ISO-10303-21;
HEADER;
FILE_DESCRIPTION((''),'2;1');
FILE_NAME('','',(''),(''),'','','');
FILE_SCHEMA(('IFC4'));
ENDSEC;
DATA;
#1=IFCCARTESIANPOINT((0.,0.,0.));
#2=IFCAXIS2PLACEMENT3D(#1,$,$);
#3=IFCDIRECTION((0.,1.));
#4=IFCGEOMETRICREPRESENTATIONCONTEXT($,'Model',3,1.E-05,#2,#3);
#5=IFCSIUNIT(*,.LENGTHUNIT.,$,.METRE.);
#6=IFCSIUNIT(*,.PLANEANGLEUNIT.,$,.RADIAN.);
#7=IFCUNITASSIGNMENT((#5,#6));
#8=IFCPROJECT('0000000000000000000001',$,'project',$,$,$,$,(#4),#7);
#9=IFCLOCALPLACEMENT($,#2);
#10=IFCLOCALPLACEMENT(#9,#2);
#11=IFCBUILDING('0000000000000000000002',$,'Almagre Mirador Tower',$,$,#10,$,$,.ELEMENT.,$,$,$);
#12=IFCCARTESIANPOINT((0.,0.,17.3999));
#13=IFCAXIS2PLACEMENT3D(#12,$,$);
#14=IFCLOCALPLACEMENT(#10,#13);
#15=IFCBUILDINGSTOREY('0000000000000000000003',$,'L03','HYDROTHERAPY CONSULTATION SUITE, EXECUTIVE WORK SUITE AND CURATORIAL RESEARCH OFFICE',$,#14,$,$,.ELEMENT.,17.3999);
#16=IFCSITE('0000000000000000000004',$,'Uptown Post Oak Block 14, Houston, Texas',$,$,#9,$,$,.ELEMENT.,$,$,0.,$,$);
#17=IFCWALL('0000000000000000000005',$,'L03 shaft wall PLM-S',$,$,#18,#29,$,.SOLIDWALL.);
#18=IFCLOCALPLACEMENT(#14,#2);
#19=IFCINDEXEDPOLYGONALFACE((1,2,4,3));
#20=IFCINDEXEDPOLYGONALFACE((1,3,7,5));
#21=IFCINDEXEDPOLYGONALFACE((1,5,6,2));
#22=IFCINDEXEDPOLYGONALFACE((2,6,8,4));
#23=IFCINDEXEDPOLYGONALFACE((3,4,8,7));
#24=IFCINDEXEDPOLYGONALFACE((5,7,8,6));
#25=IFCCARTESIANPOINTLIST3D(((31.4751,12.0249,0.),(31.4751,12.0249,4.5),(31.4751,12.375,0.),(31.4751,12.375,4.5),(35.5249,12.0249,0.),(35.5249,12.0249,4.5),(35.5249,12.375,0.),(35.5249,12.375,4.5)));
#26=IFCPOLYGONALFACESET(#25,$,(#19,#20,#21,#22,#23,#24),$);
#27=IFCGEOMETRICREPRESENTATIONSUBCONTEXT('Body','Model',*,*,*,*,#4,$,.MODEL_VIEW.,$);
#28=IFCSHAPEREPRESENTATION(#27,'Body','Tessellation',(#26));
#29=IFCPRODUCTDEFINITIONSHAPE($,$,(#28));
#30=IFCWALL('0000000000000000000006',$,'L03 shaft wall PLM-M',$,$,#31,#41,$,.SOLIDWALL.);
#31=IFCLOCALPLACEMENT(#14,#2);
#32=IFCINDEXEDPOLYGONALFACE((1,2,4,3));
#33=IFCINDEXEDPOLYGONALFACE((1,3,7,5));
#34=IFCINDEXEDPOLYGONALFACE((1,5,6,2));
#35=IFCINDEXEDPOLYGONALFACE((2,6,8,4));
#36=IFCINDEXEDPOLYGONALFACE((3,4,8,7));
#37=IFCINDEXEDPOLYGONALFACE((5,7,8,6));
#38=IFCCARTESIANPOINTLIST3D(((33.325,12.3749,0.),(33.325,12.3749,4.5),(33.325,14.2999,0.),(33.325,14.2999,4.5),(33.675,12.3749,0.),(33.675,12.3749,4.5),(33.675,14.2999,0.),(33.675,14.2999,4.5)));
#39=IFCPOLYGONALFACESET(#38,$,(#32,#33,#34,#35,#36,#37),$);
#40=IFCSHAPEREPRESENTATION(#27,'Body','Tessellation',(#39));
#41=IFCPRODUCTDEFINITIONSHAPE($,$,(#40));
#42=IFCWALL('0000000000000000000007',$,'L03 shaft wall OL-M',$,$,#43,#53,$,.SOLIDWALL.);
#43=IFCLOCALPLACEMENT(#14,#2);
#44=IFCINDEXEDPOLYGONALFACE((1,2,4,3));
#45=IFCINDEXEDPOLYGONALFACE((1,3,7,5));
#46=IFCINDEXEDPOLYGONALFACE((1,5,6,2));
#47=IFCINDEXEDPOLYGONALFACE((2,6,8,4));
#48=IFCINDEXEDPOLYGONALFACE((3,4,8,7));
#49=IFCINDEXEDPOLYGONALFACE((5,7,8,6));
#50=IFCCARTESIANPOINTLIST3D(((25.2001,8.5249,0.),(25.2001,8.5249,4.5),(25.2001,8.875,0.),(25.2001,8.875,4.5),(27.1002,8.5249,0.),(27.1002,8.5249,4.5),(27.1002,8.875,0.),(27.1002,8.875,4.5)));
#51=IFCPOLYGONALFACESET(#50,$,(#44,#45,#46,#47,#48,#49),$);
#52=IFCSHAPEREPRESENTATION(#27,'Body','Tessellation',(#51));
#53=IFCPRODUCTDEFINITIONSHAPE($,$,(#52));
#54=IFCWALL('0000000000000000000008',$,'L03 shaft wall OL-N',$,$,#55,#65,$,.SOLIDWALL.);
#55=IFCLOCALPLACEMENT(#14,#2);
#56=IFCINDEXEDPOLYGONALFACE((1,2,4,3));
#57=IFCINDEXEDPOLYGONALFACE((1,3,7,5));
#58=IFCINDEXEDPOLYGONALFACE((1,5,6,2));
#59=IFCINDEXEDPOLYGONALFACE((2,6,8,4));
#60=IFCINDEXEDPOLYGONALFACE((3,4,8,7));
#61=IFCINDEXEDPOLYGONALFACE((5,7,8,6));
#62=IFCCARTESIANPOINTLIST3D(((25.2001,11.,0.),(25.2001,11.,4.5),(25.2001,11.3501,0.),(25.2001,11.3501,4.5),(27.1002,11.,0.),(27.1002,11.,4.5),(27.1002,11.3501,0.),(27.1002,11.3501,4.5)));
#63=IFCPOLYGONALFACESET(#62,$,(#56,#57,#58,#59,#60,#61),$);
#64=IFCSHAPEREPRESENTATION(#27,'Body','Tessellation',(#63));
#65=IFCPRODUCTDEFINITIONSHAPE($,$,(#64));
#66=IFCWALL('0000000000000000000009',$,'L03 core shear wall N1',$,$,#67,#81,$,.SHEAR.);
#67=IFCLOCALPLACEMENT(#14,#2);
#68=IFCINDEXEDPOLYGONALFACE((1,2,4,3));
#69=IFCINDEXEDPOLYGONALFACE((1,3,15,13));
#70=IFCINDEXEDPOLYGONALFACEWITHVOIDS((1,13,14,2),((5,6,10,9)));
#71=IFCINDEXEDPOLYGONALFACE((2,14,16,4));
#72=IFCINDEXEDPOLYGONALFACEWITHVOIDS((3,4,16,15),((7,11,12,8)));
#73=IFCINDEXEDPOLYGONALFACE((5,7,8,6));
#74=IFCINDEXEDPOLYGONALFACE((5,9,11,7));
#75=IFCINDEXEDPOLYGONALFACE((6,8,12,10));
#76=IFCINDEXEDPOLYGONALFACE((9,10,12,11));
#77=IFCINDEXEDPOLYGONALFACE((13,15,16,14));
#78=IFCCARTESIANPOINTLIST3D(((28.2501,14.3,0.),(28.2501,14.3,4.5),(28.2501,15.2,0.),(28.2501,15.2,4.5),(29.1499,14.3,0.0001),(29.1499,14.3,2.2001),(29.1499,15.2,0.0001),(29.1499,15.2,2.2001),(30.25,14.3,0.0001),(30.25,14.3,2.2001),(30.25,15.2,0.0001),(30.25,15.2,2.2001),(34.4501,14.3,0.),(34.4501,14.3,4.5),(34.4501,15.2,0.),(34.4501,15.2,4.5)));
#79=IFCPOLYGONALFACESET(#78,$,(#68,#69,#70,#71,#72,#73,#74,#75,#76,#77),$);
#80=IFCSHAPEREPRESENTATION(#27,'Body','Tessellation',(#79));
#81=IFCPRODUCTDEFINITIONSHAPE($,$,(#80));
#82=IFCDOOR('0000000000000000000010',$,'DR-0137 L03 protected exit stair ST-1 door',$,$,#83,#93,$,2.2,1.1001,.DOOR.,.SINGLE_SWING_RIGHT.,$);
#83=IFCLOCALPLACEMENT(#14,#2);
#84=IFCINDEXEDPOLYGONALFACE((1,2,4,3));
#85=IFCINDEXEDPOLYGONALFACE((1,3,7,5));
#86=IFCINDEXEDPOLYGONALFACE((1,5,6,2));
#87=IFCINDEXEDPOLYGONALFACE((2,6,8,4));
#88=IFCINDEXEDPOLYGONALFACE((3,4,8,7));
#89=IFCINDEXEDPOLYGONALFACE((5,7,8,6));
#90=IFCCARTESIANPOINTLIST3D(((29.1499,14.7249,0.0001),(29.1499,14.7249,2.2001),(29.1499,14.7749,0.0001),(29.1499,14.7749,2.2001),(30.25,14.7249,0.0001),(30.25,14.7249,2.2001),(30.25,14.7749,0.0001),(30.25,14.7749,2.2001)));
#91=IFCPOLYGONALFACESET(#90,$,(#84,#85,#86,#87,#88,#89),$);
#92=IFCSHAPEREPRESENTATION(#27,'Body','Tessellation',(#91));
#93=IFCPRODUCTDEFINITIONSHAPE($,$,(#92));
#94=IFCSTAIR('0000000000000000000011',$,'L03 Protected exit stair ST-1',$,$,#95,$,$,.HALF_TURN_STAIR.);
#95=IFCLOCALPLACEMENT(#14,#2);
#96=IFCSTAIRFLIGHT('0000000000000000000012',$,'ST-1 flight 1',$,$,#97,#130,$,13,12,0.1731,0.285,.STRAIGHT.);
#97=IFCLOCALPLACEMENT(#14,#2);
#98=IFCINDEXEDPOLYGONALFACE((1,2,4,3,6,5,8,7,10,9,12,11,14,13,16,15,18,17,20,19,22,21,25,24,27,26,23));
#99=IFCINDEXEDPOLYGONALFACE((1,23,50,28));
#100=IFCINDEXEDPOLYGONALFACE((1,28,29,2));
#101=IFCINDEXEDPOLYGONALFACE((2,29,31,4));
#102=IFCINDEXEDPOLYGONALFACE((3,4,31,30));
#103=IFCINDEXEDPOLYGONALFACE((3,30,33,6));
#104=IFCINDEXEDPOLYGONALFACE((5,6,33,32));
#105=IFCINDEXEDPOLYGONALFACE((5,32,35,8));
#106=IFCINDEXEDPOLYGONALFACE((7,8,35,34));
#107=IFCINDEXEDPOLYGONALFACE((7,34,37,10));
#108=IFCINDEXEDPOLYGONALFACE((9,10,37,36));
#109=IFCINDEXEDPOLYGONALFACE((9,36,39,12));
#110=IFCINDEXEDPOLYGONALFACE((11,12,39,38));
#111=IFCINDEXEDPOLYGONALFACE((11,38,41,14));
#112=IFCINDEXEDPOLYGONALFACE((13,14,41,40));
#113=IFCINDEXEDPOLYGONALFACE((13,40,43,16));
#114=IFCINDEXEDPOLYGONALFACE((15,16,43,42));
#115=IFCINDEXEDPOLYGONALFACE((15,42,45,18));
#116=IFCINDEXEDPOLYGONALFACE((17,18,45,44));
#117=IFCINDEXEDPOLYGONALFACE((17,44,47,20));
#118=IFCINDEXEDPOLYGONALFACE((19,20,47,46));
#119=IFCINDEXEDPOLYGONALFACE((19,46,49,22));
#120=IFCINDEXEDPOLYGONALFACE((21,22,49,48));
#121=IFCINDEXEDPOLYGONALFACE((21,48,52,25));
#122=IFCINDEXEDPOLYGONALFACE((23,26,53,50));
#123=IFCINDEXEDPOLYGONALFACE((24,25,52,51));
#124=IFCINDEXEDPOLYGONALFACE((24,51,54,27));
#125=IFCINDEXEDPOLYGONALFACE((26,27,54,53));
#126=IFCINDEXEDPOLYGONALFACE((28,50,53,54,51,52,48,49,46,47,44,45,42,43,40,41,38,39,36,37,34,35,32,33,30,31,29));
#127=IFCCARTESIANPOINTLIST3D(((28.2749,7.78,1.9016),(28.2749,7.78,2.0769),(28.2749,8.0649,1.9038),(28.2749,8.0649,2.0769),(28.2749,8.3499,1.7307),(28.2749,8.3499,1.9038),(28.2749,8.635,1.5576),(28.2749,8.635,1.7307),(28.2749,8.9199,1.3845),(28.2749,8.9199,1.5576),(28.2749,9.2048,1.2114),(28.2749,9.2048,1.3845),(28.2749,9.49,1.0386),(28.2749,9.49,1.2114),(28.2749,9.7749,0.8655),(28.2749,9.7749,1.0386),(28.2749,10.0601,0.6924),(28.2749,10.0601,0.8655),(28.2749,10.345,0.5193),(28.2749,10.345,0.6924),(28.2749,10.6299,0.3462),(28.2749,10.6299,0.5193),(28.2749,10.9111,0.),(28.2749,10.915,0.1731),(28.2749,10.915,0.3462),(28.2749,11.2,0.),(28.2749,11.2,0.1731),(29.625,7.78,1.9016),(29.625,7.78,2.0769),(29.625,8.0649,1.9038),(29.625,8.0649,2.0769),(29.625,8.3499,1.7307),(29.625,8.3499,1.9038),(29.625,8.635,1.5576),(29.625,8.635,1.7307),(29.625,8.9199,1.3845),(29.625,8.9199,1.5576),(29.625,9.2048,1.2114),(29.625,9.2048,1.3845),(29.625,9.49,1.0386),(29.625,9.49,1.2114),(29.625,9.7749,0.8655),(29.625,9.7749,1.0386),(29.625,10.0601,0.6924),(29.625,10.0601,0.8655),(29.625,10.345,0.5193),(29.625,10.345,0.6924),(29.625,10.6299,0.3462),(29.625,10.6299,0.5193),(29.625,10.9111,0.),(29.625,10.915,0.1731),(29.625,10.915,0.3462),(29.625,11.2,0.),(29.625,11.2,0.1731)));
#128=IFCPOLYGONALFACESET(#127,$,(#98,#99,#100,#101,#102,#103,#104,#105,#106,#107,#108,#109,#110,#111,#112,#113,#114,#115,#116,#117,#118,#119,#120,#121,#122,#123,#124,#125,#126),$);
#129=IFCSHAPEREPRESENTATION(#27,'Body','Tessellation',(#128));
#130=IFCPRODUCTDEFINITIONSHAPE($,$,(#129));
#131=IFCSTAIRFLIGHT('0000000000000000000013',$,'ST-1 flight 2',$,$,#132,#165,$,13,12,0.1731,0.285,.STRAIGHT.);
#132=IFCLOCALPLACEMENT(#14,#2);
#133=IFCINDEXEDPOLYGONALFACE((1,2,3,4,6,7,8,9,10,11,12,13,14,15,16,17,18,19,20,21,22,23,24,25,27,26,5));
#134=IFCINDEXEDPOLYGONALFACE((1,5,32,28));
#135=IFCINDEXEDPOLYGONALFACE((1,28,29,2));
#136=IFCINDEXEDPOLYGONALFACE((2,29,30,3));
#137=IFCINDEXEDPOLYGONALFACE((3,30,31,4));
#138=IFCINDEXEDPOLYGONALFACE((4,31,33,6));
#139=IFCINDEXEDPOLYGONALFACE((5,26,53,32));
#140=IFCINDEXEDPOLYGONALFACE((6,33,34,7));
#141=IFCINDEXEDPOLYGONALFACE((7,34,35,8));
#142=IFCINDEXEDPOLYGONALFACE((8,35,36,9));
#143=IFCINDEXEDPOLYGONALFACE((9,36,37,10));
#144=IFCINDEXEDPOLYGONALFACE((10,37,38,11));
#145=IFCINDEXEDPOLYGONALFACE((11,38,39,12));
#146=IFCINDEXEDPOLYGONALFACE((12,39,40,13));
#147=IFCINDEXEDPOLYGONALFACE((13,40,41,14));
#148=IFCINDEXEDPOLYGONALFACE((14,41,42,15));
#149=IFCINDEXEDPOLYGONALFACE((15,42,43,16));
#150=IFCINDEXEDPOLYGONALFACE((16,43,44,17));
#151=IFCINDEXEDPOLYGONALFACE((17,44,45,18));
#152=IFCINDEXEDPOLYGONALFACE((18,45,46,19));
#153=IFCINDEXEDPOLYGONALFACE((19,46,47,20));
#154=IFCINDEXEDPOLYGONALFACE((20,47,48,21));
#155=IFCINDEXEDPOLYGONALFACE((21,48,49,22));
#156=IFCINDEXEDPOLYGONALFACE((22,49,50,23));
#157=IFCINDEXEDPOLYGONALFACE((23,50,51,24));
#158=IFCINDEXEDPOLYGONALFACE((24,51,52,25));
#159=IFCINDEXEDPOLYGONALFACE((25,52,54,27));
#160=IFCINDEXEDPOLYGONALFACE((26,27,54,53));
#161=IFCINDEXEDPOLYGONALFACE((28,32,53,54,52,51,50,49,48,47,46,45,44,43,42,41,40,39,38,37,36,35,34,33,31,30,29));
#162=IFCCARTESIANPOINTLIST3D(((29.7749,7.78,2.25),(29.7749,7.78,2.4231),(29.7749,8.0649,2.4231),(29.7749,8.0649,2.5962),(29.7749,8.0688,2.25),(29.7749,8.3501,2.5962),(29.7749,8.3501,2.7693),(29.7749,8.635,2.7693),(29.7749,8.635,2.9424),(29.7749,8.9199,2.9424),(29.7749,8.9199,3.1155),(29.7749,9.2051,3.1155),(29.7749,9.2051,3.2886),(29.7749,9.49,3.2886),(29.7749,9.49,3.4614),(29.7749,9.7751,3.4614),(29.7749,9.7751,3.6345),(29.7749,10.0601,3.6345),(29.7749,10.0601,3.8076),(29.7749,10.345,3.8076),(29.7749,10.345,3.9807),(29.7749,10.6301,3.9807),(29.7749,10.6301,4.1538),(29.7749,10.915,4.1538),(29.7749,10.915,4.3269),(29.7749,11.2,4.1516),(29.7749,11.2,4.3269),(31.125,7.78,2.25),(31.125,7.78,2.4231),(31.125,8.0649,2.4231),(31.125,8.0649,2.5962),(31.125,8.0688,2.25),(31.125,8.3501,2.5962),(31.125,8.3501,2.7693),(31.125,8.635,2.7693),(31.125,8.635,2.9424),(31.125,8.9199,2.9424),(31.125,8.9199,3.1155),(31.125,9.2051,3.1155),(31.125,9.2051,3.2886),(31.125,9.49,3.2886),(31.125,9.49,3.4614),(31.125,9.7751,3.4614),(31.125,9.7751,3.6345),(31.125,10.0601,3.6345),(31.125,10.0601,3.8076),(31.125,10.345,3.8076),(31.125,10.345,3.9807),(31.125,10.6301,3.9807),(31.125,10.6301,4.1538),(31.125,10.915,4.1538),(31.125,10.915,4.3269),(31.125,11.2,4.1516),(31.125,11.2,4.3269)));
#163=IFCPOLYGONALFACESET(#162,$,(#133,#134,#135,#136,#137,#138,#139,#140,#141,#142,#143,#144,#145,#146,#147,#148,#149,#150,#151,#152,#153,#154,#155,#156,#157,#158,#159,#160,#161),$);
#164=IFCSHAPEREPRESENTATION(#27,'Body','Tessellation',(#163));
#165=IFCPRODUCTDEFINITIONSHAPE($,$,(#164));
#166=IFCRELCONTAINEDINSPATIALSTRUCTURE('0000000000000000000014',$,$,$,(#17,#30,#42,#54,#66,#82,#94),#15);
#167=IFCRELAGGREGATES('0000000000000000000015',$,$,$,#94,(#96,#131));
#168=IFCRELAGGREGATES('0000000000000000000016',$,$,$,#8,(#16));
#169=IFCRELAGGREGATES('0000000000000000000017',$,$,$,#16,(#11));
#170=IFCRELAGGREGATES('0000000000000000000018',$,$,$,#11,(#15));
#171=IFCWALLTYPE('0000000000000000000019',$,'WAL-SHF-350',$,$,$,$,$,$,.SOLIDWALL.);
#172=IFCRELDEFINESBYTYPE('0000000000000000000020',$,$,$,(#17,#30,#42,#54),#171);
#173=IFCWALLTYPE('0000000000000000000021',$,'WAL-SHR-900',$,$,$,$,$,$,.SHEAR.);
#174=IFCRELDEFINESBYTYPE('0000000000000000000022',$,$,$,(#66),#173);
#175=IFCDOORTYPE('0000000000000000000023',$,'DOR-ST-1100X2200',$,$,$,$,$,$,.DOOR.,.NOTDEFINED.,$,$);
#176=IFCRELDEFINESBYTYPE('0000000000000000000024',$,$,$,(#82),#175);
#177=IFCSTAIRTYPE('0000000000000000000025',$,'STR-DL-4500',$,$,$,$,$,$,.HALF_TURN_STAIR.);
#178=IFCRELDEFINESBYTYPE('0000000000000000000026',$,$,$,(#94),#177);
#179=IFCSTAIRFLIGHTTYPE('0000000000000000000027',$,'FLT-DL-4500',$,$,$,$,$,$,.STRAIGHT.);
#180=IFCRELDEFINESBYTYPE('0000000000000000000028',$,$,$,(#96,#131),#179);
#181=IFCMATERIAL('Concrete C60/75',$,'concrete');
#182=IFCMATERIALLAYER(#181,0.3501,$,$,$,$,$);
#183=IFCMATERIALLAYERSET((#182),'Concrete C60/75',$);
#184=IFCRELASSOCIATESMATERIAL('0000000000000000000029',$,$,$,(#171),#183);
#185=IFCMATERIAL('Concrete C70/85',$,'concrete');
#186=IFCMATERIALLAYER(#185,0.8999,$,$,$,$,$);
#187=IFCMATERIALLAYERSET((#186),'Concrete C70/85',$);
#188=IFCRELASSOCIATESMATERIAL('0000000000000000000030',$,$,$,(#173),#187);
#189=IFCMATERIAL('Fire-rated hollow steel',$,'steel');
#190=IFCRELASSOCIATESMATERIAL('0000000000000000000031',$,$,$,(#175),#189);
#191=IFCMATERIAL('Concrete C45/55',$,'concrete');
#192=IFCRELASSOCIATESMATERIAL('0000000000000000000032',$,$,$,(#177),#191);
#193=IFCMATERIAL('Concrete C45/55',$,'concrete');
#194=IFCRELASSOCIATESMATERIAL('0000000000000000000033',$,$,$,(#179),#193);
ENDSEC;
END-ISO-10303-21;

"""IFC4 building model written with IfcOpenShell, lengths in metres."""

from ifc_helpers import new_model, si_unit, direction, frame, frame_2d, origin, place, context, subcontext, project, spatial, polyline, rectangle, outline, extrude, material, layer, layer_set, type_object, element, fill, aggregate, save


model = new_model("IFC4")

# Units and contexts
model_context = context("Model", 3, precision=1e-05, world=origin(), true_north=direction((0.0, 1.0)))
body_context = subcontext(model_context, "Body", "Model", "MODEL_VIEW")
ifc_project = project(units=[si_unit("LENGTHUNIT", "METRE"), si_unit("PLANEANGLEUNIT", "RADIAN")], contexts=[model_context])

# Site, building, storey
site_placement = place(None, origin())
site = spatial("IfcSite", under=ifc_project, at=site_placement, Name="Uptown Post Oak Block 14, Houston, Texas", CompositionType="ELEMENT", RefElevation=0.0)
building_placement = place(site_placement, origin())
building = spatial("IfcBuilding", under=site, at=building_placement, Name="Almagre Mirador Tower", CompositionType="ELEMENT")
storey_placement = place(building_placement, frame((0.0, 0.0, 17.3999)))
storey = spatial("IfcBuildingStorey", under=building, at=storey_placement, Name="L03", Description="HYDROTHERAPY CONSULTATION SUITE, EXECUTIVE WORK SUITE AND CURATORIAL RESEARCH OFFICE", CompositionType="ELEMENT", Elevation=17.3999)

# Shared definitions
ifc_material_1 = material(Name="Concrete C60/75", Category="concrete")
ifc_layer_1 = layer(ifc_material_1, 0.3501)
ifc_layer_set_1 = layer_set([ifc_layer_1], Name="Concrete C60/75")
wall_type_1 = type_object("IfcWallType", Name="WAL-SHF-350", PredefinedType="SOLIDWALL", material=ifc_layer_set_1)

# Walls
wall_1_placement = place(storey_placement, frame((31.4751, 12.2, 0.0), z_axis=(0.0, 0.0, 1.0), x_axis=(1.0, 0.0, 0.0)))
element("IfcWall", 1, at=wall_1_placement, inside=storey, type_object=wall_type_1, Name="L03 shaft wall PLM-S", PredefinedType="SOLIDWALL", context=body_context, shape_type="SweptSolid", body=[
    extrude(rectangle(XDim=4.0498, YDim=0.3501, at=frame_2d((2.0249, 0.0))), origin(), (0.0, 0.0, 1.0), 4.5),
])
wall_2_placement = place(storey_placement, frame((33.5, 12.375, 0.0), z_axis=(0.0, 0.0, 1.0), x_axis=(0.0, 1.0, 0.0)))
element("IfcWall", 2, at=wall_2_placement, inside=storey, type_object=wall_type_1, Name="L03 shaft wall PLM-M", PredefinedType="SOLIDWALL", context=body_context, shape_type="SweptSolid", body=[
    extrude(rectangle(XDim=1.925, YDim=0.3501, at=frame_2d((0.9624, 0.0))), origin(), (0.0, 0.0, 1.0), 4.5),
])
for number, where, z_axis, x_axis, name in (
    (3, (25.2, 8.7, 0.0), (0.0, 0.0, 1.0), (1.0, 0.0, 0.0), "L03 shaft wall OL-M"),
    (4, (25.2, 11.175, 0.0), (0.0, 0.0, 1.0), (1.0, 0.0, 0.0), "L03 shaft wall OL-N"),
):
    element("IfcWall", number, at=place(storey_placement, frame(where, z_axis=z_axis, x_axis=x_axis)), inside=storey, type_object=wall_type_1, Name=name, PredefinedType="SOLIDWALL", context=body_context, shape_type="SweptSolid", body=[
        extrude(rectangle(XDim=1.9001, YDim=0.3501, at=frame_2d((0.9502, 0.0))), origin(), (0.0, 0.0, 1.0), 4.5),
    ])

# Wall, opening, door
ifc_material_2 = material(Name="Concrete C70/85", Category="concrete")
ifc_layer_2 = layer(ifc_material_2, 0.8999)
ifc_layer_set_2 = layer_set([ifc_layer_2], Name="Concrete C70/85")
wall_type_2 = type_object("IfcWallType", Name="WAL-SHR-900", PredefinedType="SHEAR", material=ifc_layer_set_2)
wall_3_placement = place(storey_placement, frame((28.25, 14.75, 0.0), z_axis=(0.0, 0.0, 1.0), x_axis=(1.0, 0.0, 0.0)))
wall_3 = element("IfcWall", 5, at=wall_3_placement, inside=storey, type_object=wall_type_2, Name="L03 core shear wall N1", PredefinedType="SHEAR", context=body_context, shape_type="SweptSolid", body=[
    extrude(rectangle(XDim=6.2, YDim=0.8999, at=frame_2d((3.1001, 0.0))), origin(), (0.0, 0.0, 1.0), 4.5),
])
opening_1_placement = place(wall_3_placement, frame((0.8999, 0.0, 0.0)))
opening_1 = element("IfcOpeningElement", 6, at=opening_1_placement, cuts=wall_3, PredefinedType="OPENING", context=body_context, shape_type="SweptSolid", body=[
    extrude(rectangle(XDim=1.1001, YDim=2.2, at=frame_2d((0.55, 1.1001))), frame((0.0, 0.46, 0.0), z_axis=(0.0, -1.0, 0.0), x_axis=(1.0, 0.0, 0.0)), (0.0, 0.0, 1.0), 0.9199),
])
ifc_material_3 = material(Name="Fire-rated hollow steel", Category="steel")
door_type_1 = type_object("IfcDoorType", Name="DOR-ST-1100X2200", OperationType="NOTDEFINED", PredefinedType="DOOR", material=ifc_material_3)
door_1_placement = place(opening_1_placement, origin())
door_1 = element("IfcDoor", 7, at=door_1_placement, inside=storey, type_object=door_type_1, Name="DR-0137 L03 protected exit stair ST-1 door", OperationType="SINGLE_SWING_RIGHT", OverallHeight=2.2, OverallWidth=1.1001, PredefinedType="DOOR", context=body_context, shape_type="SweptSolid", body=[
    extrude(rectangle(XDim=1.1001, YDim=2.2, at=frame_2d((0.55, 1.1001))), frame((0.0, 0.0249, 0.0), z_axis=(0.0, -1.0, 0.0), x_axis=(1.0, 0.0, 0.0)), (0.0, 0.0, 1.0), 0.05),
])
fill(opening_1, door_1)

# Stair, stair flights
ifc_material_4 = material(Name="Concrete C45/55", Category="concrete")
stair_type = type_object("IfcStairType", Name="STR-DL-4500", PredefinedType="HALF_TURN_STAIR", material=ifc_material_4)
stair_placement = place(storey_placement, origin())
stair = element("IfcStair", 8, at=stair_placement, inside=storey, type_object=stair_type, Name="L03 Protected exit stair ST-1", PredefinedType="HALF_TURN_STAIR")
ifc_material_5 = material(Name="Concrete C45/55", Category="concrete")
stair_flight_type = type_object("IfcStairFlightType", Name="FLT-DL-4500", PredefinedType="STRAIGHT", material=ifc_material_5)
stair_flight_1_placement = place(storey_placement, frame((28.95, 11.2, 0.0), z_axis=(0.0, 0.0, 1.0), x_axis=(0.0, -1.0, 0.0)))
stair_flight_1 = element("IfcStairFlight", 9, at=stair_flight_1_placement, type_object=stair_flight_type, Name="ST-1 flight 1", NumberOfRisers=13, NumberOfTreads=12, PredefinedType="STRAIGHT", RiserHeight=0.1731, TreadLength=0.285, context=body_context, shape_type="SweptSolid", body=[
    extrude(outline(polyline([(0.0, 0.0), (0.0, 0.1731), (0.2849, 0.1731), (0.2849, 0.3462), (0.5701, 0.3462), (0.5701, 0.5193), (0.855, 0.5193), (0.855, 0.6924), (1.1399, 0.6924), (1.1399, 0.8655), (1.425, 0.8655), (1.425, 1.0386), (1.71, 1.0386), (1.71, 1.2114), (1.9951, 1.2114), (1.9951, 1.3845), (2.28, 1.3845), (2.28, 1.5576), (2.5649, 1.5576), (2.5649, 1.7307), (2.8501, 1.7307), (2.8501, 1.9038), (3.135, 1.9038), (3.135, 2.0769), (3.4199, 2.0769), (3.4199, 2.25), (3.4199, 1.9016), (0.2888, 0.0), (0.0, 0.0)])), frame((0.0, 0.675, 0.0), z_axis=(0.0, -1.0, 0.0), x_axis=(1.0, 0.0, 0.0)), (0.0, 0.0, 1.0), 1.3501),
])
stair_flight_2_placement = place(storey_placement, frame((30.45, 7.78, 2.25), z_axis=(0.0, 0.0, 1.0), x_axis=(0.0, 1.0, 0.0)))
stair_flight_2 = element("IfcStairFlight", 10, at=stair_flight_2_placement, type_object=stair_flight_type, Name="ST-1 flight 2", NumberOfRisers=13, NumberOfTreads=12, PredefinedType="STRAIGHT", RiserHeight=0.1731, TreadLength=0.285, context=body_context, shape_type="SweptSolid", body=[
    extrude(outline(polyline([(0.0, 0.0), (0.0, 0.1731), (0.2849, 0.1731), (0.2849, 0.3462), (0.5701, 0.3462), (0.5701, 0.5193), (0.855, 0.5193), (0.855, 0.6924), (1.1399, 0.6924), (1.1399, 0.8655), (1.425, 0.8655), (1.425, 1.0386), (1.71, 1.0386), (1.71, 1.2114), (1.9951, 1.2114), (1.9951, 1.3845), (2.28, 1.3845), (2.28, 1.5576), (2.5649, 1.5576), (2.5649, 1.7307), (2.8501, 1.7307), (2.8501, 1.9038), (3.135, 1.9038), (3.135, 2.0769), (3.4199, 2.0769), (3.4199, 2.25), (3.4199, 1.9016), (0.2888, 0.0), (0.0, 0.0)])), frame((0.0, 0.675, 0.0), z_axis=(0.0, -1.0, 0.0), x_axis=(1.0, 0.0, 0.0)), (0.0, 0.0, 1.0), 1.3501),
])
aggregate(stair, [stair_flight_1, stair_flight_2])

save(model, "model.ifc")
